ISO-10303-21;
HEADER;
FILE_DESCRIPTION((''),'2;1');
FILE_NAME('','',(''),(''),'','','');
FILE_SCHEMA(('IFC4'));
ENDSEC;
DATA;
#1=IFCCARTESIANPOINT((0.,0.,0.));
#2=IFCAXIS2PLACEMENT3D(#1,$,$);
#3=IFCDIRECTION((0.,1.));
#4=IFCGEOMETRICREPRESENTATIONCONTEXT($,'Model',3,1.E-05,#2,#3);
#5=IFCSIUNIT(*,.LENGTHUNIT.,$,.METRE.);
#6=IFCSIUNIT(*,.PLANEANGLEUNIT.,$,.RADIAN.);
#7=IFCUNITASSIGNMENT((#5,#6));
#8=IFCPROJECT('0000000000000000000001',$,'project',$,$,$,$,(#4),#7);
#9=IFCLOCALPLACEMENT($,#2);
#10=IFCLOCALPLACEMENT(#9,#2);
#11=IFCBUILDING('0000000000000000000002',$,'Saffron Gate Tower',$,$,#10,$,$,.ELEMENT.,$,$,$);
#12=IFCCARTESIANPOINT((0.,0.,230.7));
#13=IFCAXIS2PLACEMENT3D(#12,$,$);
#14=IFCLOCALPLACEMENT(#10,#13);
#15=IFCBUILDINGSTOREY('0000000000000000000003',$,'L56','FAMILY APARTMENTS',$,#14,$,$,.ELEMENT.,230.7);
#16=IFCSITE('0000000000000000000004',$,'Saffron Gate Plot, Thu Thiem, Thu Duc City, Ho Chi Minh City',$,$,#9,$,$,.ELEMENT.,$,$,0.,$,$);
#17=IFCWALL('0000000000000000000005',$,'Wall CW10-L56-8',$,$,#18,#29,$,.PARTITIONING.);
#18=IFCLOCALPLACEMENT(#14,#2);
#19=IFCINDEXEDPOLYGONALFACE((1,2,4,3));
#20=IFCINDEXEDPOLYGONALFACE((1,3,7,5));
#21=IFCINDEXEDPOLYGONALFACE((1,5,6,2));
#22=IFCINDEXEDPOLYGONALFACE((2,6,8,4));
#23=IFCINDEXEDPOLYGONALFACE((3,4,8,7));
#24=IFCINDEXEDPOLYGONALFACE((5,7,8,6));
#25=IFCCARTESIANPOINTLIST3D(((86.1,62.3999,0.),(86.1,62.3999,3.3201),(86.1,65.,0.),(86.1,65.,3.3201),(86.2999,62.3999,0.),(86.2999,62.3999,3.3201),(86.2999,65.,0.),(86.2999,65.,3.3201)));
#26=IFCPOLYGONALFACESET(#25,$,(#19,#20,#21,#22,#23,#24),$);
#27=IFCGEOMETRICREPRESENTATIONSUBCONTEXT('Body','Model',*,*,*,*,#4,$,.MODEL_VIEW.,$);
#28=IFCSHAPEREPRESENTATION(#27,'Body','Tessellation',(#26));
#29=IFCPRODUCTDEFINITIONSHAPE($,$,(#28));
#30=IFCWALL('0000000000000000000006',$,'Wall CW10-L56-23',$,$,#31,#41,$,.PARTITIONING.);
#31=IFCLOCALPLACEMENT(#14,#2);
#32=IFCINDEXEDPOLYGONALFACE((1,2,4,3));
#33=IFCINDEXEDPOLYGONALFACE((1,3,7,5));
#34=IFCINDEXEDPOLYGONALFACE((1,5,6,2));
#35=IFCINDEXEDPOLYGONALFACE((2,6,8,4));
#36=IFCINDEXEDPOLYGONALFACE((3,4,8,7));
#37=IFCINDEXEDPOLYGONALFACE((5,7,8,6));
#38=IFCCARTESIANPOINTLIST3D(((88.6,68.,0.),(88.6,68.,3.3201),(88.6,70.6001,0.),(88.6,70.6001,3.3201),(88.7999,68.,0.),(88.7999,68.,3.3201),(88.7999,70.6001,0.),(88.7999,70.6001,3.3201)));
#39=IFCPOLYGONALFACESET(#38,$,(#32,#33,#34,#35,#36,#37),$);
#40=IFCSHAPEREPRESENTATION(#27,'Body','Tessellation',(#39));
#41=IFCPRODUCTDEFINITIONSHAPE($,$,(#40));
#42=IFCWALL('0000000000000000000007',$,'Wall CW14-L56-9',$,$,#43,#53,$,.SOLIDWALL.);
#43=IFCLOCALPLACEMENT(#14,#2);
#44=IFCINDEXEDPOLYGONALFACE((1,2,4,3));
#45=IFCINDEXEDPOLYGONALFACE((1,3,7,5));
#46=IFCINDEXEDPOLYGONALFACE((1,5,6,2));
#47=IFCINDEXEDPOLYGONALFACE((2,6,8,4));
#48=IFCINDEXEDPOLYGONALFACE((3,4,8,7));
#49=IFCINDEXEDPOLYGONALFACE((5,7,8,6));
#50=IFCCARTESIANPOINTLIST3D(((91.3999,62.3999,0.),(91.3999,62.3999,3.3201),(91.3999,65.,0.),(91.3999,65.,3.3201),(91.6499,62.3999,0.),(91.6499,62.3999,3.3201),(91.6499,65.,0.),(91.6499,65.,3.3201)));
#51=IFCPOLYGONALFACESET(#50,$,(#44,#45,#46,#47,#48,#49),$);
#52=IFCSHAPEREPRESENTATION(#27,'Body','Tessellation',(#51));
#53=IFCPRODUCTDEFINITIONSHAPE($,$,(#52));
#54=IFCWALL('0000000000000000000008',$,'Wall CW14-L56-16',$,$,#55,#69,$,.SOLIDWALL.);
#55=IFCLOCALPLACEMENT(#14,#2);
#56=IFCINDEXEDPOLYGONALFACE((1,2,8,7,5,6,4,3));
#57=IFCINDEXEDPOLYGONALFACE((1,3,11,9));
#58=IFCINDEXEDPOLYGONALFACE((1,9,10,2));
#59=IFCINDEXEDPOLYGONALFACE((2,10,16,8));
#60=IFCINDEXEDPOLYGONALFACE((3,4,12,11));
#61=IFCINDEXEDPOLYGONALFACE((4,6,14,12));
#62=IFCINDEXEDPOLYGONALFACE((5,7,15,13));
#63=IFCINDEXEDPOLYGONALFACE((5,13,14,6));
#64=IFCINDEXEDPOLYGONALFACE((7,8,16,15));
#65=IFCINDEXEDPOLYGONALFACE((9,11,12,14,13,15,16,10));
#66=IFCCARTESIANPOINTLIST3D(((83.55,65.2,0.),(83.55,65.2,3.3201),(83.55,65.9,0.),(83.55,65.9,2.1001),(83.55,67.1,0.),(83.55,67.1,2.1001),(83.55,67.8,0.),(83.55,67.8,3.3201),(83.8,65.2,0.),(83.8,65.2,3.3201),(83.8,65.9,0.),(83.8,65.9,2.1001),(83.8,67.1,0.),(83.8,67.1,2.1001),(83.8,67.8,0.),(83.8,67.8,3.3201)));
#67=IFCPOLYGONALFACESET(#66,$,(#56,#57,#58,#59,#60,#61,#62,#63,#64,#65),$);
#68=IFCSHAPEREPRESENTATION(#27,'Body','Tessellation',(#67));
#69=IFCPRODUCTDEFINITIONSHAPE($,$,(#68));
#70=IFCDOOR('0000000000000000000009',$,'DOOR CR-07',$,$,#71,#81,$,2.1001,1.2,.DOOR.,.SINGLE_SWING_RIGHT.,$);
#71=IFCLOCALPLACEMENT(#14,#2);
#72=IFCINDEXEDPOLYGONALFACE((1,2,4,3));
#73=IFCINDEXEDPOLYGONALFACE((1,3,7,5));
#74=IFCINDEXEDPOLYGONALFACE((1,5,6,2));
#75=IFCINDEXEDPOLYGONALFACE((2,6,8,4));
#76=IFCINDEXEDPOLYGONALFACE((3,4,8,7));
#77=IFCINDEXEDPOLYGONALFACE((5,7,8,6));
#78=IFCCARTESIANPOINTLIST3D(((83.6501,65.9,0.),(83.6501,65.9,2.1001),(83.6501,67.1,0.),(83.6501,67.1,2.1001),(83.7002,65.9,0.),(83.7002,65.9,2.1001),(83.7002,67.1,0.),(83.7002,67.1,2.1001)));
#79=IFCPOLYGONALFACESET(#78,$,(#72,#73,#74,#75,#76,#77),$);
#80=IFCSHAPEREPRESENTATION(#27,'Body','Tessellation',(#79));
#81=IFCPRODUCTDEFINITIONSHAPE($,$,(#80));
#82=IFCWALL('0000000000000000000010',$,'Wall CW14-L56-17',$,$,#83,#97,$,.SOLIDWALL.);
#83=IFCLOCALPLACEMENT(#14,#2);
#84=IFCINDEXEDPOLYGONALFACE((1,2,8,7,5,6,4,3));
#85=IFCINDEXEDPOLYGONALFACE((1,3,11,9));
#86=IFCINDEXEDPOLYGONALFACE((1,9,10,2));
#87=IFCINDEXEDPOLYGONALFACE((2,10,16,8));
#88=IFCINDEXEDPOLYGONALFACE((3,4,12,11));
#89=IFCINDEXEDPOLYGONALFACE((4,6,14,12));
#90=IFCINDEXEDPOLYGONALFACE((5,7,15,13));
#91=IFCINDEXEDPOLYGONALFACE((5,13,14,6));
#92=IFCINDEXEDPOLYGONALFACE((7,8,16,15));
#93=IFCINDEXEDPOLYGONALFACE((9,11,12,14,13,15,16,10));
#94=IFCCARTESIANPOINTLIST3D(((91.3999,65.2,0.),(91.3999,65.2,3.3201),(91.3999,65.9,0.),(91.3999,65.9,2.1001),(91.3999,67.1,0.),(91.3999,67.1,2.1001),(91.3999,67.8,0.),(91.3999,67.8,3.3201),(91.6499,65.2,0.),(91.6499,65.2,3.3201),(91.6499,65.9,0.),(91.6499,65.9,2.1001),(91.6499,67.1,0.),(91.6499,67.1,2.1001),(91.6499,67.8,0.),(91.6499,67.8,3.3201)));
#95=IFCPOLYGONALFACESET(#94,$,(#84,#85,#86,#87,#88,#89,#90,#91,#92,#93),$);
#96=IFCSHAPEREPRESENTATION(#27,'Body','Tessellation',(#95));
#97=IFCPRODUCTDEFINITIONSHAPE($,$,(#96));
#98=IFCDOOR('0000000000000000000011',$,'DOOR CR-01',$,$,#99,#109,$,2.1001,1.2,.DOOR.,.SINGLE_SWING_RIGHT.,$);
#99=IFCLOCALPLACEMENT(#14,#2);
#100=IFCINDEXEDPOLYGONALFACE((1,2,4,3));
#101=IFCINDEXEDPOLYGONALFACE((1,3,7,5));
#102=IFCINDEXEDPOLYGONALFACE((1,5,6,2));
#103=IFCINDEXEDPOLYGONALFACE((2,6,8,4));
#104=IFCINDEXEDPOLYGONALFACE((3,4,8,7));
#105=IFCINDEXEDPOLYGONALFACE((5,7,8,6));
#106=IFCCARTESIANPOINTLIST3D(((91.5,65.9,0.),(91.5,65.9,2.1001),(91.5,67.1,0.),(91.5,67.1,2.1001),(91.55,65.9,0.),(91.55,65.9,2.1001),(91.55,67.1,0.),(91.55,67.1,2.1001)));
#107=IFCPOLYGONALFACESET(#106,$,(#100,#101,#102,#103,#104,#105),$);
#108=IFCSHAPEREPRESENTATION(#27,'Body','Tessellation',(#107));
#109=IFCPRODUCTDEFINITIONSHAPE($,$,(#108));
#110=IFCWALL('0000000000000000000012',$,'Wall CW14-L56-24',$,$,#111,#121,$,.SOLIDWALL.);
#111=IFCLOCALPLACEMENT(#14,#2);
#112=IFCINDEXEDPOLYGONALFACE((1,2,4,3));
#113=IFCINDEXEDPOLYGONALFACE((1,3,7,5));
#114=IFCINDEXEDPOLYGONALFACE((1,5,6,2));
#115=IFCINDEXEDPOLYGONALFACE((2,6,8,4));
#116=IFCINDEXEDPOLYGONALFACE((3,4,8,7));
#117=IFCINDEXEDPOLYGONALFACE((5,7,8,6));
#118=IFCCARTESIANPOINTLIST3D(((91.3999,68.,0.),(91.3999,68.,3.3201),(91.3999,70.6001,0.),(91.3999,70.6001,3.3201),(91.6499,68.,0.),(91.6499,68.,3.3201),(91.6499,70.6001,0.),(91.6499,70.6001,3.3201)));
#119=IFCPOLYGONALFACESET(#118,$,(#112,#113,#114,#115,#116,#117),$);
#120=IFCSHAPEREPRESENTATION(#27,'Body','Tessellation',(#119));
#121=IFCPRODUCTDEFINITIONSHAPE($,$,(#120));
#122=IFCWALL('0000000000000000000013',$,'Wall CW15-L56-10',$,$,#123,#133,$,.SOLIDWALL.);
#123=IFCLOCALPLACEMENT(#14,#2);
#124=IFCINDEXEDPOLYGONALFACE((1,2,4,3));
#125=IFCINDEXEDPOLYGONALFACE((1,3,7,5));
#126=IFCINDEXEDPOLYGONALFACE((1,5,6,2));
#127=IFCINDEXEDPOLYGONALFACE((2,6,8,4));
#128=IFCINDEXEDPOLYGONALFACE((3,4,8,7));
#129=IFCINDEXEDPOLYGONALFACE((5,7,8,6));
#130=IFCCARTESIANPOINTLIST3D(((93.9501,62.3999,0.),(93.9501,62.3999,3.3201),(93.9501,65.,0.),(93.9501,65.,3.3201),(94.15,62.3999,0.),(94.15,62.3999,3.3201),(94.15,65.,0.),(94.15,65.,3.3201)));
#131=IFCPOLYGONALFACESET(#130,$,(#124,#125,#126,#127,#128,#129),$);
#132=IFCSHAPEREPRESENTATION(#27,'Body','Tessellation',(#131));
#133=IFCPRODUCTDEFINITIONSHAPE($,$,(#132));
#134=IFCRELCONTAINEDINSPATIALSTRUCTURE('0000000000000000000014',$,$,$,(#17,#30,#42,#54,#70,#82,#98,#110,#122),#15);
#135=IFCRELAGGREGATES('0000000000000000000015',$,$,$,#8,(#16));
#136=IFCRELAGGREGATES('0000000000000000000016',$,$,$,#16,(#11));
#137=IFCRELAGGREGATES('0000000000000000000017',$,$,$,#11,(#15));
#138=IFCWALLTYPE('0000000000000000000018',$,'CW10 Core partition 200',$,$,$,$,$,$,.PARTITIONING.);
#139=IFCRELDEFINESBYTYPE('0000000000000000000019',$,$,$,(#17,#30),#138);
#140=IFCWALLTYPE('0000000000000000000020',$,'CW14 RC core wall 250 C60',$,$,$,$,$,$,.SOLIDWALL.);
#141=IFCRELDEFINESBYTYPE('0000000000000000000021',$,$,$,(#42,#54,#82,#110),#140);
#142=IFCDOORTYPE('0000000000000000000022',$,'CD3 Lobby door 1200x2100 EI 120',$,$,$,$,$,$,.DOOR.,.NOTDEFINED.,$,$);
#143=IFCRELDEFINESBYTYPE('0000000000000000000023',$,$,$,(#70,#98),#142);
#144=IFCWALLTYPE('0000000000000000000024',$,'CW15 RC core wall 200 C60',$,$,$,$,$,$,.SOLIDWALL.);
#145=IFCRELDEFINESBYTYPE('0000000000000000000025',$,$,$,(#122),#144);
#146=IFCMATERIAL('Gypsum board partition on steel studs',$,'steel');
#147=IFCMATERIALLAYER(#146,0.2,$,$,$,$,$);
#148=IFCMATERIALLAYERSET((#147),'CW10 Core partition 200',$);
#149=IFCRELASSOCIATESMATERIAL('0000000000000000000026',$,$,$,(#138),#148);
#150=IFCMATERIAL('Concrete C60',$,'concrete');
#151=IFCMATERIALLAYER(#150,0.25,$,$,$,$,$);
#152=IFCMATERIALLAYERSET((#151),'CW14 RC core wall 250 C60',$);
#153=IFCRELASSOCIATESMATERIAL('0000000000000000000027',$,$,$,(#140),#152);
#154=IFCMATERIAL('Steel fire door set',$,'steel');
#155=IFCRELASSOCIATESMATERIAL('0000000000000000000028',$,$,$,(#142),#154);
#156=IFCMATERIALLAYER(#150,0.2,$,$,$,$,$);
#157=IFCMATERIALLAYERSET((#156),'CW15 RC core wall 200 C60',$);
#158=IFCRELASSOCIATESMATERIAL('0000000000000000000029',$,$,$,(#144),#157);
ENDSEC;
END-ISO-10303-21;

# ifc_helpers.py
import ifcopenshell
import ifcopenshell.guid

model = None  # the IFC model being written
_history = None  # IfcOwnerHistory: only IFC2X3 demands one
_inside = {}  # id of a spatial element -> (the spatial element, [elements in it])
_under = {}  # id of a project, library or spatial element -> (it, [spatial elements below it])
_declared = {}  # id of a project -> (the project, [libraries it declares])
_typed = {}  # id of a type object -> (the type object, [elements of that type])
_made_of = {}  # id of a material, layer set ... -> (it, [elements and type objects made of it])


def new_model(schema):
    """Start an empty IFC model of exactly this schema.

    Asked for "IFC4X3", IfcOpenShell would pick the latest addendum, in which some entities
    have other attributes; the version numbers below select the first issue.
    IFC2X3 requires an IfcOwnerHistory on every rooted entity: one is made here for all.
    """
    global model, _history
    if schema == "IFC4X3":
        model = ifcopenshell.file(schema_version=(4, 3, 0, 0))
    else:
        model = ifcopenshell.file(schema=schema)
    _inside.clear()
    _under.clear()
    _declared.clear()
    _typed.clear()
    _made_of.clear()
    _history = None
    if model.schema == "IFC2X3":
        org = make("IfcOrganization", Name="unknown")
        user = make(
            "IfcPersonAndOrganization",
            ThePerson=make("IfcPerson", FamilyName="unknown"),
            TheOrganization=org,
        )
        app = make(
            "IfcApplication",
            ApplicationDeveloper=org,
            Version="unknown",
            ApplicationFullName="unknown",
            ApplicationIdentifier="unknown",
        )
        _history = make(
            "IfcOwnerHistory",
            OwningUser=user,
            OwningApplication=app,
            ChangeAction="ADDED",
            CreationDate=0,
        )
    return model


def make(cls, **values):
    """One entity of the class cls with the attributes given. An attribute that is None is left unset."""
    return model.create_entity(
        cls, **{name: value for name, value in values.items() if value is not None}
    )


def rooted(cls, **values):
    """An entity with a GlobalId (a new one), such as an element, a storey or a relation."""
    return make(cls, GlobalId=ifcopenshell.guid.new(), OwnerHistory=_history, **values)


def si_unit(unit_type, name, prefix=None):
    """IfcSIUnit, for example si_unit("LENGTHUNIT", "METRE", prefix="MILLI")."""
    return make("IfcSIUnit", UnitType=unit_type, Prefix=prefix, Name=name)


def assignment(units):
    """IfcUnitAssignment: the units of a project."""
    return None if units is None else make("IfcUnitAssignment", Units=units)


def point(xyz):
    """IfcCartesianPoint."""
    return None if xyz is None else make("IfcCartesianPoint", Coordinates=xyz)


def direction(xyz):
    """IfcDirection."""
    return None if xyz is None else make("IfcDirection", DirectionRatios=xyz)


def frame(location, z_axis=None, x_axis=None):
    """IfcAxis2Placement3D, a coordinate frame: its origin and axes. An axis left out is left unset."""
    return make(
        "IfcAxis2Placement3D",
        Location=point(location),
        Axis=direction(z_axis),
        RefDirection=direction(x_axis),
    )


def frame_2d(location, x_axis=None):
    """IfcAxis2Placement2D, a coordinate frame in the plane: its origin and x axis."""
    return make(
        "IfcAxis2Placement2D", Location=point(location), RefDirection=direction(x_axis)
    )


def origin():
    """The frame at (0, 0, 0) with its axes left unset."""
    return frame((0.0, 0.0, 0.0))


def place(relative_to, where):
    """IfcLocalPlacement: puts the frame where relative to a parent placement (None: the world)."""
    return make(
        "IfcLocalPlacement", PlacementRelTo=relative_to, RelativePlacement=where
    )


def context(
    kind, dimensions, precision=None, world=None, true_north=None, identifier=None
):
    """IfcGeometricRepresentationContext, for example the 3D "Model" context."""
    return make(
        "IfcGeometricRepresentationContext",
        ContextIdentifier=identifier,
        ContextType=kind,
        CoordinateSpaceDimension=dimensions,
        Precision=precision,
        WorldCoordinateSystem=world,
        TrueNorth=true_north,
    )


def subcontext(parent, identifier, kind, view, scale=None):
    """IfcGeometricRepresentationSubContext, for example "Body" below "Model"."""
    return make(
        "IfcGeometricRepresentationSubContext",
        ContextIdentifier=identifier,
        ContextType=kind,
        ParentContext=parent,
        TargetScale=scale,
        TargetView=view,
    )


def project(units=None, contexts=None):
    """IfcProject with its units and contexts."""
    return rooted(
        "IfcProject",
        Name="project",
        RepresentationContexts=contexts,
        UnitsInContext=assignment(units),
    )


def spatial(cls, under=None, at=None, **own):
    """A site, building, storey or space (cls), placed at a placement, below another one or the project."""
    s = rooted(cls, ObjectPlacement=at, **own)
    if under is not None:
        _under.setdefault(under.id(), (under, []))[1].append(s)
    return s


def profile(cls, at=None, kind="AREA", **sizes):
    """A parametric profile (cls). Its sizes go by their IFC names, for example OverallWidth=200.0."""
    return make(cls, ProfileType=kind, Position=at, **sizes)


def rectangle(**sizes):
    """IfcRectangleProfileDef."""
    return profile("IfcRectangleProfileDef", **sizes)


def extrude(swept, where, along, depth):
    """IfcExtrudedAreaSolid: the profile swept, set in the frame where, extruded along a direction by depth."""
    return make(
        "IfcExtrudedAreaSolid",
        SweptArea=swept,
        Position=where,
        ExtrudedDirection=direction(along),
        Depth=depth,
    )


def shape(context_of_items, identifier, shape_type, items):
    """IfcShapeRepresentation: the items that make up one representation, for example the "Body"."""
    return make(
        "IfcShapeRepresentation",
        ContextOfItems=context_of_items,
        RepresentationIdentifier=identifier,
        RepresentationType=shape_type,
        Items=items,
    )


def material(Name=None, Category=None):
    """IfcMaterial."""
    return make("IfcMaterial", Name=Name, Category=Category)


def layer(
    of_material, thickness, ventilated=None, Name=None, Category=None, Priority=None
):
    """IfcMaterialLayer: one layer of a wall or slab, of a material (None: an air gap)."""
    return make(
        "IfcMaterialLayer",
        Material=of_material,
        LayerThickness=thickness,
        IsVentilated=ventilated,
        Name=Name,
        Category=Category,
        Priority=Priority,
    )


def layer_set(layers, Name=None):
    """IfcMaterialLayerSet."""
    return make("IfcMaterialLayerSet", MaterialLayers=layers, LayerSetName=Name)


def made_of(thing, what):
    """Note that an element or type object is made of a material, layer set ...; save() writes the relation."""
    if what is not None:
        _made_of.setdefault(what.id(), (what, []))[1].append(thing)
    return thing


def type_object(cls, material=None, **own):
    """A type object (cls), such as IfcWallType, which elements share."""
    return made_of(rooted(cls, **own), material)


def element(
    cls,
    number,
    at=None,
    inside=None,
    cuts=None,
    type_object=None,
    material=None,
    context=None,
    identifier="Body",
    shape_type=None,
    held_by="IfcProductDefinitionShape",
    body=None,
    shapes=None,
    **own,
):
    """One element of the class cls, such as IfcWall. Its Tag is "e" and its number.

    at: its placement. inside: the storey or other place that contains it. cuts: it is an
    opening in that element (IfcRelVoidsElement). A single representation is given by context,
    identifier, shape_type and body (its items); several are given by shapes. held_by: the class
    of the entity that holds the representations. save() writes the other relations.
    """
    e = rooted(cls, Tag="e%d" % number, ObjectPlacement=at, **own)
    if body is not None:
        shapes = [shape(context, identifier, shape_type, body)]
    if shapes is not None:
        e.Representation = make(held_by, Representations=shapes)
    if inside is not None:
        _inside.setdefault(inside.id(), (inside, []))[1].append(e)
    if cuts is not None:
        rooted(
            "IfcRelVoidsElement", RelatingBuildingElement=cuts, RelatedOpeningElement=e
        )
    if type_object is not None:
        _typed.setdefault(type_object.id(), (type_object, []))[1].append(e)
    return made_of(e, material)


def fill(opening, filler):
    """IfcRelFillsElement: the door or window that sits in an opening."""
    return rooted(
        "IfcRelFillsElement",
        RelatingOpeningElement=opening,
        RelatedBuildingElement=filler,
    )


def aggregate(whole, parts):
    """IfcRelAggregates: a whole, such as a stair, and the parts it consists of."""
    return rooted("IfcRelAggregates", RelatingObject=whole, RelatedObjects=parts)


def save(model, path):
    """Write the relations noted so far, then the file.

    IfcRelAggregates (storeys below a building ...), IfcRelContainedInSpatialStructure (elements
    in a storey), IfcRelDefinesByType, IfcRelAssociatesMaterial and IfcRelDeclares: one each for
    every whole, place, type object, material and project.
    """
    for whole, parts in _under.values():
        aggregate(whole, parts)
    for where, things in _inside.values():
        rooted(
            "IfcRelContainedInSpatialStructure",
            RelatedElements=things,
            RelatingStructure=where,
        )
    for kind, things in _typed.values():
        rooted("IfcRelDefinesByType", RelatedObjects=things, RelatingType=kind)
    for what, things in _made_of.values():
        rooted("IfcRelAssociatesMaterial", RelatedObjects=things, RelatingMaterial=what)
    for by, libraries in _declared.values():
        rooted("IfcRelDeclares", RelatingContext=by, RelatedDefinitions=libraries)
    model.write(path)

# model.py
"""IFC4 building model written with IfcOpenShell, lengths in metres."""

from ifc_helpers import new_model, si_unit, direction, frame, frame_2d, origin, place, context, subcontext, project, spatial, rectangle, extrude, material, layer, layer_set, type_object, element, fill, save


model = new_model("IFC4")

# Units and contexts
model_context = context("Model", 3, precision=1e-05, world=origin(), true_north=direction((0.0, 1.0)))
body_context = subcontext(model_context, "Body", "Model", "MODEL_VIEW")
ifc_project = project(units=[si_unit("LENGTHUNIT", "METRE"), si_unit("PLANEANGLEUNIT", "RADIAN")], contexts=[model_context])

# Site, building, storey
site_placement = place(None, origin())
site = spatial("IfcSite", under=ifc_project, at=site_placement, Name="Saffron Gate Plot, Thu Thiem, Thu Duc City, Ho Chi Minh City", CompositionType="ELEMENT", RefElevation=0.0)
building_placement = place(site_placement, origin())
building = spatial("IfcBuilding", under=site, at=building_placement, Name="Saffron Gate Tower", CompositionType="ELEMENT")
storey_placement = place(building_placement, frame((0.0, 0.0, 230.7)))
storey = spatial("IfcBuildingStorey", under=building, at=storey_placement, Name="L56", Description="FAMILY APARTMENTS", CompositionType="ELEMENT", Elevation=230.7)

# Walls
ifc_material_1 = material(Name="Gypsum board partition on steel studs", Category="steel")
ifc_layer_1 = layer(ifc_material_1, 0.2)
ifc_layer_set_1 = layer_set([ifc_layer_1], Name="CW10 Core partition 200")
wall_type_1 = type_object("IfcWallType", Name="CW10 Core partition 200", PredefinedType="PARTITIONING", material=ifc_layer_set_1)
for number, where, z_axis, x_axis, name in (
    (1, (86.2, 62.3999, 0.0), (0.0, 0.0, 1.0), (0.0, 1.0, 0.0), "Wall CW10-L56-8"),
    (2, (88.7, 68.0, 0.0), (0.0, 0.0, 1.0), (0.0, 1.0, 0.0), "Wall CW10-L56-23"),
):
    element("IfcWall", number, at=place(storey_placement, frame(where, z_axis=z_axis, x_axis=x_axis)), inside=storey, type_object=wall_type_1, Name=name, PredefinedType="PARTITIONING", context=body_context, shape_type="SweptSolid", body=[
        extrude(rectangle(XDim=2.6001, YDim=0.2, at=frame_2d((1.3, 0.0))), origin(), (0.0, 0.0, 1.0), 3.3201),
    ])
ifc_material_2 = material(Name="Concrete C60", Category="concrete")
ifc_layer_2 = layer(ifc_material_2, 0.25)
ifc_layer_set_2 = layer_set([ifc_layer_2], Name="CW14 RC core wall 250 C60")
wall_type_2 = type_object("IfcWallType", Name="CW14 RC core wall 250 C60", PredefinedType="SOLIDWALL", material=ifc_layer_set_2)
wall_1_placement = place(storey_placement, frame((91.5249, 62.3999, 0.0), z_axis=(0.0, 0.0, 1.0), x_axis=(0.0, 1.0, 0.0)))
element("IfcWall", 3, at=wall_1_placement, inside=storey, type_object=wall_type_2, Name="Wall CW14-L56-9", PredefinedType="SOLIDWALL", context=body_context, shape_type="SweptSolid", body=[
    extrude(rectangle(XDim=2.6001, YDim=0.25, at=frame_2d((1.3, 0.0))), origin(), (0.0, 0.0, 1.0), 3.3201),
])

# Walls, openings, doors
wall_2_placement = place(storey_placement, frame((83.675, 65.2, 0.0), z_axis=(0.0, 0.0, 1.0), x_axis=(0.0, 1.0, 0.0)))
wall_2 = element("IfcWall", 4, at=wall_2_placement, inside=storey, type_object=wall_type_2, Name="Wall CW14-L56-16", PredefinedType="SOLIDWALL", context=body_context, shape_type="SweptSolid", body=[
    extrude(rectangle(XDim=2.6001, YDim=0.25, at=frame_2d((1.3, 0.0))), origin(), (0.0, 0.0, 1.0), 3.3201),
])
opening_1_placement = place(wall_2_placement, frame((0.7, 0.0, 0.0)))
opening_1 = element("IfcOpeningElement", 5, at=opening_1_placement, cuts=wall_2, PredefinedType="OPENING", context=body_context, shape_type="SweptSolid", body=[
    extrude(rectangle(XDim=1.2, YDim=2.1001, at=frame_2d((0.6001, 1.05))), frame((0.0, 0.135, 0.0), z_axis=(0.0, -1.0, 0.0), x_axis=(1.0, 0.0, 0.0)), (0.0, 0.0, 1.0), 0.27),
])
ifc_material_3 = material(Name="Steel fire door set", Category="steel")
door_type_1 = type_object("IfcDoorType", Name="CD3 Lobby door 1200x2100 EI 120", OperationType="NOTDEFINED", PredefinedType="DOOR", material=ifc_material_3)
door_1_placement = place(opening_1_placement, origin())
door_1 = element("IfcDoor", 6, at=door_1_placement, inside=storey, type_object=door_type_1, Name="DOOR CR-07", OperationType="SINGLE_SWING_RIGHT", OverallHeight=2.1001, OverallWidth=1.2, PredefinedType="DOOR", context=body_context, shape_type="SweptSolid", body=[
    extrude(rectangle(XDim=1.2, YDim=2.1001, at=frame_2d((0.6001, 1.05))), frame((0.0, 0.0249, 0.0), z_axis=(0.0, -1.0, 0.0), x_axis=(1.0, 0.0, 0.0)), (0.0, 0.0, 1.0), 0.05),
])
fill(opening_1, door_1)
wall_3_placement = place(storey_placement, frame((91.5249, 65.2, 0.0), z_axis=(0.0, 0.0, 1.0), x_axis=(0.0, 1.0, 0.0)))
wall_3 = element("IfcWall", 7, at=wall_3_placement, inside=storey, type_object=wall_type_2, Name="Wall CW14-L56-17", PredefinedType="SOLIDWALL", context=body_context, shape_type="SweptSolid", body=[
    extrude(rectangle(XDim=2.6001, YDim=0.25, at=frame_2d((1.3, 0.0))), origin(), (0.0, 0.0, 1.0), 3.3201),
])
opening_2_placement = place(wall_3_placement, frame((0.7, 0.0, 0.0)))
opening_2 = element("IfcOpeningElement", 8, at=opening_2_placement, cuts=wall_3, PredefinedType="OPENING", context=body_context, shape_type="SweptSolid", body=[
    extrude(rectangle(XDim=1.2, YDim=2.1001, at=frame_2d((0.6001, 1.05))), frame((0.0, 0.135, 0.0), z_axis=(0.0, -1.0, 0.0), x_axis=(1.0, 0.0, 0.0)), (0.0, 0.0, 1.0), 0.27),
])
door_2_placement = place(opening_2_placement, origin())
door_2 = element("IfcDoor", 9, at=door_2_placement, inside=storey, type_object=door_type_1, Name="DOOR CR-01", OperationType="SINGLE_SWING_RIGHT", OverallHeight=2.1001, OverallWidth=1.2, PredefinedType="DOOR", context=body_context, shape_type="SweptSolid", body=[
    extrude(rectangle(XDim=1.2, YDim=2.1001, at=frame_2d((0.6001, 1.05))), frame((0.0, 0.0249, 0.0), z_axis=(0.0, -1.0, 0.0), x_axis=(1.0, 0.0, 0.0)), (0.0, 0.0, 1.0), 0.05),
])
fill(opening_2, door_2)

# Walls
wall_4_placement = place(storey_placement, frame((91.5249, 68.0, 0.0), z_axis=(0.0, 0.0, 1.0), x_axis=(0.0, 1.0, 0.0)))
element("IfcWall", 10, at=wall_4_placement, inside=storey, type_object=wall_type_2, Name="Wall CW14-L56-24", PredefinedType="SOLIDWALL", context=body_context, shape_type="SweptSolid", body=[
    extrude(rectangle(XDim=2.6001, YDim=0.25, at=frame_2d((1.3, 0.0))), origin(), (0.0, 0.0, 1.0), 3.3201),
])
ifc_layer_3 = layer(ifc_material_2, 0.2)
ifc_layer_set_3 = layer_set([ifc_layer_3], Name="CW15 RC core wall 200 C60")
wall_type_3 = type_object("IfcWallType", Name="CW15 RC core wall 200 C60", PredefinedType="SOLIDWALL", material=ifc_layer_set_3)
wall_5_placement = place(storey_placement, frame((94.05, 62.3999, 0.0), z_axis=(0.0, 0.0, 1.0), x_axis=(0.0, 1.0, 0.0)))
element("IfcWall", 11, at=wall_5_placement, inside=storey, type_object=wall_type_3, Name="Wall CW15-L56-10", PredefinedType="SOLIDWALL", context=body_context, shape_type="SweptSolid", body=[
    extrude(rectangle(XDim=2.6001, YDim=0.2, at=frame_2d((1.3, 0.0))), origin(), (0.0, 0.0, 1.0), 3.3201),
])

save(model, "model.ifc")
